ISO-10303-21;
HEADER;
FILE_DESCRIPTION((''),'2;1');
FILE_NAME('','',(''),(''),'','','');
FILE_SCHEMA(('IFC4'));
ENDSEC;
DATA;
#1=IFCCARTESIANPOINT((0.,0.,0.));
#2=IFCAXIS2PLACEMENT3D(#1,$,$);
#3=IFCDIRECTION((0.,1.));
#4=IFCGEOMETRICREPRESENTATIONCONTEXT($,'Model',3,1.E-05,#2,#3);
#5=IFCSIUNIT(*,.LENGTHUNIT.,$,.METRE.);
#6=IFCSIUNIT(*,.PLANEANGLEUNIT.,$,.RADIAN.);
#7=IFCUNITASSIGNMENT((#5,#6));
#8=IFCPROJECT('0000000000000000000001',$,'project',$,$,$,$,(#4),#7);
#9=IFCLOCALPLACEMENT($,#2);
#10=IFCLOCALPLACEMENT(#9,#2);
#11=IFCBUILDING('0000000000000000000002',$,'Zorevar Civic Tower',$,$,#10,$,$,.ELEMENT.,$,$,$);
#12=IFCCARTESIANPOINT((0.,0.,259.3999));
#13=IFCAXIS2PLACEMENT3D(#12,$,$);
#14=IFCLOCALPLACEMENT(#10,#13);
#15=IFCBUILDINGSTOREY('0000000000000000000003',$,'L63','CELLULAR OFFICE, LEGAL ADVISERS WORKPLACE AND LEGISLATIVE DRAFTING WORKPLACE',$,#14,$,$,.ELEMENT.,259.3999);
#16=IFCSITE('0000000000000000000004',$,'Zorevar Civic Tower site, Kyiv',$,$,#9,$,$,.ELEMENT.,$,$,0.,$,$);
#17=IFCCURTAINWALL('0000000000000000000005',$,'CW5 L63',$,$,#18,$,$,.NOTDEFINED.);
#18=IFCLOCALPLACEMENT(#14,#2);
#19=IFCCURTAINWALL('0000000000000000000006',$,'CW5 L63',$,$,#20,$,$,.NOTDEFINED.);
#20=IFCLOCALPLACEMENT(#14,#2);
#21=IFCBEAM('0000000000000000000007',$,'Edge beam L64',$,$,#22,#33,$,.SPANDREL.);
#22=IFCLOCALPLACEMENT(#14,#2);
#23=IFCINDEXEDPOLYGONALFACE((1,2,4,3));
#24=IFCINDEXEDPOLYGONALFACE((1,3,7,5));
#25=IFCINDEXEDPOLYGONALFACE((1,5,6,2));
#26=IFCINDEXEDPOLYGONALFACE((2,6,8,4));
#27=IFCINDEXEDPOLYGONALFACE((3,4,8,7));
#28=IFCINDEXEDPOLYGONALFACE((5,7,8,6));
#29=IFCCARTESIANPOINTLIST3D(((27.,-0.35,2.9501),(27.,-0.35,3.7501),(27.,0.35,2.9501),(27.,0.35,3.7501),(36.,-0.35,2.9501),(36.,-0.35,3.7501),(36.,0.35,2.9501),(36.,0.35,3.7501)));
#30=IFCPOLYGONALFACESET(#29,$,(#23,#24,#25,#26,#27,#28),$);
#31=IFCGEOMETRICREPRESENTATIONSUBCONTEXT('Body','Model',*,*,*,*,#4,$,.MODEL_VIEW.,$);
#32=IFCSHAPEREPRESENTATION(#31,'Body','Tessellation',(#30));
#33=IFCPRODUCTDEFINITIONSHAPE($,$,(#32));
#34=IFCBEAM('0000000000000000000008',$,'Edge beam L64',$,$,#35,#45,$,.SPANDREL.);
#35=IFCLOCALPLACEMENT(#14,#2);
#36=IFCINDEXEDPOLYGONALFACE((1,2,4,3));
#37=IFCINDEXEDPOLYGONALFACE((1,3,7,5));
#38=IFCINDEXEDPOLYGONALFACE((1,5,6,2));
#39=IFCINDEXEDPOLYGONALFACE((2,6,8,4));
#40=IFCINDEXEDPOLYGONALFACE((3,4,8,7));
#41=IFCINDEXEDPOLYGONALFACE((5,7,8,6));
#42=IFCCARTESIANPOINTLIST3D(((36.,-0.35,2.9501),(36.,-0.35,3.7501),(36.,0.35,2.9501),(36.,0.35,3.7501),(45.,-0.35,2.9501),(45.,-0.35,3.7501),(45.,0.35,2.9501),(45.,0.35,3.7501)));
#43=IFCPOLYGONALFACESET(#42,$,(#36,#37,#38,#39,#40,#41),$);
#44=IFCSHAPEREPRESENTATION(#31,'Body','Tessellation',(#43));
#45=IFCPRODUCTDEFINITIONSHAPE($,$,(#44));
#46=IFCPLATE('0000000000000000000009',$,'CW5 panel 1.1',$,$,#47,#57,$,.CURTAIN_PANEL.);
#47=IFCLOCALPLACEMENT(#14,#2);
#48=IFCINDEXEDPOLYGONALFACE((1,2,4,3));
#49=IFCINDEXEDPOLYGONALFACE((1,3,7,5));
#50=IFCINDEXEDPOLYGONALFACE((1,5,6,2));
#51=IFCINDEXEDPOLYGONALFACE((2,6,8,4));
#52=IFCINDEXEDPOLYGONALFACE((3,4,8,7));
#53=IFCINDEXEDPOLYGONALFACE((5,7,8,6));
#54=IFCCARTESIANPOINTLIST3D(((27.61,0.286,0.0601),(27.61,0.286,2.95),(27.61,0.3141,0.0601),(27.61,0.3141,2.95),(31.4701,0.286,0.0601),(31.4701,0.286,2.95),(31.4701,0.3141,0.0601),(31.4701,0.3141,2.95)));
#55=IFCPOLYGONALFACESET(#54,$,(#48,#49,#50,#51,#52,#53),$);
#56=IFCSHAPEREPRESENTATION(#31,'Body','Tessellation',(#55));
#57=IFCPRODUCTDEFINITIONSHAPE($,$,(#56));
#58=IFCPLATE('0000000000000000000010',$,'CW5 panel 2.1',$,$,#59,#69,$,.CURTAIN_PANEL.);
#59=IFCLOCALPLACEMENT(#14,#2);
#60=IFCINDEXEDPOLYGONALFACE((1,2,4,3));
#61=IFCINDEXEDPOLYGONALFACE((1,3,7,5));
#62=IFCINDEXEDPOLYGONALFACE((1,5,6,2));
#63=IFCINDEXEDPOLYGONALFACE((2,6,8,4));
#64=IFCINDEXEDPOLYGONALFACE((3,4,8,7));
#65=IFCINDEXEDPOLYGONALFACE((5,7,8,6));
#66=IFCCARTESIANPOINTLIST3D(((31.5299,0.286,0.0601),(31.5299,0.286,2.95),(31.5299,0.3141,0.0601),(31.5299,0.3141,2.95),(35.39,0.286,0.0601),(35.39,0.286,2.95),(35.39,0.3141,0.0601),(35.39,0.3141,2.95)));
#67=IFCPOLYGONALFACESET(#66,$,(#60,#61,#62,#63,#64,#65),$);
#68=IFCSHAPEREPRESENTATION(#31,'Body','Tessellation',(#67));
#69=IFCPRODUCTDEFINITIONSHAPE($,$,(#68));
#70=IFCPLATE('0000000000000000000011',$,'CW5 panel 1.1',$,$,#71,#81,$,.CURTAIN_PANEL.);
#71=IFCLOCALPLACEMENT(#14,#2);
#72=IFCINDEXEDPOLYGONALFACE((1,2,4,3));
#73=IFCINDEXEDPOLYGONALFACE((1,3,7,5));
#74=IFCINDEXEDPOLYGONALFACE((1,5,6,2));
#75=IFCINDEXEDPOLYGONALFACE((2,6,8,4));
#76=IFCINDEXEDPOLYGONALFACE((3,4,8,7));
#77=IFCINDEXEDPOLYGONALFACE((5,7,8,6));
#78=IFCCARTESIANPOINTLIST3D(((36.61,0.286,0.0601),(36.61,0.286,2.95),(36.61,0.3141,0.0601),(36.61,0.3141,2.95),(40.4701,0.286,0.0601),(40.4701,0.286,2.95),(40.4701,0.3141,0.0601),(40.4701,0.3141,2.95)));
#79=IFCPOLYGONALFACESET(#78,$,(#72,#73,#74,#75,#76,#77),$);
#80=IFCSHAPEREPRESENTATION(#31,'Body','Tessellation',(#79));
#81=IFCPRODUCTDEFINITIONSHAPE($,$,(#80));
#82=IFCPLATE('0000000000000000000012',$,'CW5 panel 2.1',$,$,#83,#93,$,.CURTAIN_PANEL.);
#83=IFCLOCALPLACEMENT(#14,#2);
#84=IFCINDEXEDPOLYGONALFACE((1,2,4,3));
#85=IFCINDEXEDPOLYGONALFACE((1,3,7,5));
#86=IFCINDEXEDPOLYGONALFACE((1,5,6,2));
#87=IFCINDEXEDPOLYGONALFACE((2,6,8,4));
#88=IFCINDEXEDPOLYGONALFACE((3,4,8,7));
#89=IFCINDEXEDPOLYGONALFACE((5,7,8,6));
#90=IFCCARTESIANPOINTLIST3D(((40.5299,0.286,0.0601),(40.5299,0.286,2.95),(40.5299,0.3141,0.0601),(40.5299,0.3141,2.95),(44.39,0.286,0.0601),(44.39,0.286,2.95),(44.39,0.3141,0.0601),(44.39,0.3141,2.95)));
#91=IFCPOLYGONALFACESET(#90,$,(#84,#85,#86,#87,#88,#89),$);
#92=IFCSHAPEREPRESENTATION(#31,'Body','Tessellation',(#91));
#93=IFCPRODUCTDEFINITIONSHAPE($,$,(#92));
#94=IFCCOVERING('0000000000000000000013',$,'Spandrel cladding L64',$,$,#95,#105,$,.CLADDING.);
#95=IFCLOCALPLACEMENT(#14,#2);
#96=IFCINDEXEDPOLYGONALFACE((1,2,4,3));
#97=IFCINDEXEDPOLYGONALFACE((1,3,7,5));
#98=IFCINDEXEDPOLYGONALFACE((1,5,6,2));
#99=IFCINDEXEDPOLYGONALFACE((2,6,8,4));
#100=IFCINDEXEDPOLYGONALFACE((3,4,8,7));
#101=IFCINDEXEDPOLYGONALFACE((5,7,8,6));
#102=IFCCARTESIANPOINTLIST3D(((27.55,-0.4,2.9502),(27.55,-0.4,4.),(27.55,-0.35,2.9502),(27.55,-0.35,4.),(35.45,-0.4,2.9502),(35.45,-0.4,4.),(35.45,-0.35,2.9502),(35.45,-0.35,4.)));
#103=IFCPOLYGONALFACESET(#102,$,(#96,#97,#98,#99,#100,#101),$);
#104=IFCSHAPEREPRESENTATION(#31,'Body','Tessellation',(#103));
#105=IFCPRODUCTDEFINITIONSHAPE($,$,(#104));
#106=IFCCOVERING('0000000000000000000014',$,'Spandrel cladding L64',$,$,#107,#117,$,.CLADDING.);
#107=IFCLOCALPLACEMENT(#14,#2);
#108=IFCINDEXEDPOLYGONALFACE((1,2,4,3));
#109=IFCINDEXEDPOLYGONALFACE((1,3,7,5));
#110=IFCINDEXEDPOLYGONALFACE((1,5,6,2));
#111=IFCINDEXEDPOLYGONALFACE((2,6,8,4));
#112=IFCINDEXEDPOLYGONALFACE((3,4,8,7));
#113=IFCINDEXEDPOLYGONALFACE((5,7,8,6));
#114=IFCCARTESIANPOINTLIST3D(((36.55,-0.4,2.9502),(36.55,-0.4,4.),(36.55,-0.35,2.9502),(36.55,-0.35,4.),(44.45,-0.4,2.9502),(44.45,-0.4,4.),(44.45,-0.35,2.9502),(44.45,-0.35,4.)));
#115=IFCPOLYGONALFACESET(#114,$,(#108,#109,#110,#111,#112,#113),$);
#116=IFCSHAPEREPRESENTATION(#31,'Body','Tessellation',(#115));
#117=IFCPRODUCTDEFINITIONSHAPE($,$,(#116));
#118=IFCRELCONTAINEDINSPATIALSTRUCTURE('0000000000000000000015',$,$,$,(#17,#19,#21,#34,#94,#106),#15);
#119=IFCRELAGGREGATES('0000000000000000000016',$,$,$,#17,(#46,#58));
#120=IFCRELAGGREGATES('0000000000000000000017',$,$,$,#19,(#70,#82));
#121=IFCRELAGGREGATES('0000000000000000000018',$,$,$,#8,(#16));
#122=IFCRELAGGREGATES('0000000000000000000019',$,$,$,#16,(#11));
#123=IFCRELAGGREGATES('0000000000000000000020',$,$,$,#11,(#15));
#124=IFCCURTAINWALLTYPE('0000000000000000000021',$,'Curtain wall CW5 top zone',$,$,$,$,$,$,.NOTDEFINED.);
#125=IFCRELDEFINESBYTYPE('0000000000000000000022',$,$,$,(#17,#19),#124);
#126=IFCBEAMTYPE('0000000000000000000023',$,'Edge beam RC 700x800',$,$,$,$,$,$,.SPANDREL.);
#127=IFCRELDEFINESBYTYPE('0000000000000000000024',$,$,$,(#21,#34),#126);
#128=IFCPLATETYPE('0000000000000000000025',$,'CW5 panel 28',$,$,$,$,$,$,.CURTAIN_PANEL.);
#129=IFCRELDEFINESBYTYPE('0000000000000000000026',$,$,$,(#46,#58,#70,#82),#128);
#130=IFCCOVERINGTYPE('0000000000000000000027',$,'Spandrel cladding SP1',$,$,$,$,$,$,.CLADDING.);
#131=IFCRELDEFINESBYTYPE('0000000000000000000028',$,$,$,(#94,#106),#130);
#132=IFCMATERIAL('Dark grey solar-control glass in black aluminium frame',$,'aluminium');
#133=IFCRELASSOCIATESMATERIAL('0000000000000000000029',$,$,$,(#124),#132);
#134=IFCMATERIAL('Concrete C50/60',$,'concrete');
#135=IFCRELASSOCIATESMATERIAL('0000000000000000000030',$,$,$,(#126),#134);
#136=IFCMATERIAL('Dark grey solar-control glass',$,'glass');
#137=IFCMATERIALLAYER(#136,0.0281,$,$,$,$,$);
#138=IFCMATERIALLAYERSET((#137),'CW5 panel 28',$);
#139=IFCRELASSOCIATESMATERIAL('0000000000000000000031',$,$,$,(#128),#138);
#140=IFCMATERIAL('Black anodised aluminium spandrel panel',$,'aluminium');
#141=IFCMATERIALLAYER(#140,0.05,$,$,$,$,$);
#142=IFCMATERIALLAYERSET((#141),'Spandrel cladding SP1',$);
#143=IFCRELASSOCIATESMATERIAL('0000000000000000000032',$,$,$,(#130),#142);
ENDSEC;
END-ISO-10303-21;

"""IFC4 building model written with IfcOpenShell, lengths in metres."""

from ifc_helpers import new_model, si_unit, direction, frame, frame_2d, origin, origin_2d, place, context, subcontext, project, spatial, rectangle, extrude, material, layer, layer_set, material_profile, profile_set, type_object, element, aggregate, save


model = new_model("IFC4")

# Units and contexts
model_context = context("Model", 3, precision=1e-05, world=origin(), true_north=direction((0.0, 1.0)))
body_context = subcontext(model_context, "Body", "Model", "MODEL_VIEW")
ifc_project = project(units=[si_unit("LENGTHUNIT", "METRE"), si_unit("PLANEANGLEUNIT", "RADIAN")], contexts=[model_context])

# Site, building, storey
site_placement = place(None, origin())
site = spatial("IfcSite", under=ifc_project, at=site_placement, Name="Zorevar Civic Tower site, Kyiv", CompositionType="ELEMENT", RefElevation=0.0)
building_placement = place(site_placement, origin())
building = spatial("IfcBuilding", under=site, at=building_placement, Name="Zorevar Civic Tower", CompositionType="ELEMENT")
storey_placement = place(building_placement, frame((0.0, 0.0, 259.3999)))
storey = spatial("IfcBuildingStorey", under=building, at=storey_placement, Name="L63", Description="CELLULAR OFFICE, LEGAL ADVISERS WORKPLACE AND LEGISLATIVE DRAFTING WORKPLACE", CompositionType="ELEMENT", Elevation=259.3999)

# Curtain walls
ifc_material_1 = material(Name="Dark grey solar-control glass in black aluminium frame", Category="aluminium")
curtain_wall_type = type_object("IfcCurtainWallType", Name="Curtain wall CW5 top zone", PredefinedType="NOTDEFINED", material=ifc_material_1)
curtain_wall_1_placement = place(storey_placement, origin())
curtain_wall_1 = element("IfcCurtainWall", 1, at=curtain_wall_1_placement, inside=storey, type_object=curtain_wall_type, Name="CW5 L63", PredefinedType="NOTDEFINED")
curtain_wall_2_placement = place(storey_placement, origin())
curtain_wall_2 = element("IfcCurtainWall", 2, at=curtain_wall_2_placement, inside=storey, type_object=curtain_wall_type, Name="CW5 L63", PredefinedType="NOTDEFINED")

# Beams
ifc_material_2 = material(Name="Concrete C50/60", Category="concrete")
ifc_material_profile_1 = material_profile(ifc_material_2, rectangle(XDim=0.7, YDim=0.8, at=origin_2d()), Name="RC 700x800")
ifc_profile_set_1 = profile_set([ifc_material_profile_1], Name="Concrete C50/60")
beam_type_1 = type_object("IfcBeamType", Name="Edge beam RC 700x800", PredefinedType="SPANDREL", material=ifc_profile_set_1)
for number, where, z_axis, x_axis, name in (
    (3, (27.0, 0.0, 3.3501), (1.0, 0.0, 0.0), (0.0, 1.0, 0.0), "Edge beam L64"),
    (4, (36.0, 0.0, 3.3501), (1.0, 0.0, 0.0), (0.0, 1.0, 0.0), "Edge beam L64"),
):
    element("IfcBeam", number, at=place(storey_placement, frame(where, z_axis=z_axis, x_axis=x_axis)), inside=storey, type_object=beam_type_1, Name=name, PredefinedType="SPANDREL", context=body_context, shape_type="SweptSolid", body=[
        extrude(rectangle(XDim=0.7, YDim=0.8, at=origin_2d()), origin(), (0.0, 0.0, 1.0), 9.0),
    ])

# Plates
ifc_material_3 = material(Name="Dark grey solar-control glass", Category="glass")
ifc_layer_1 = layer(ifc_material_3, 0.0281)
ifc_layer_set_1 = layer_set([ifc_layer_1], Name="CW5 panel 28")
plate_type = type_object("IfcPlateType", Name="CW5 panel 28", PredefinedType="CURTAIN_PANEL", material=ifc_layer_set_1)
plate_1_placement = place(storey_placement, frame((29.54, 0.3, 0.0601), z_axis=(0.0, 0.0, 1.0), x_axis=(1.0, 0.0, 0.0)))
plate_1 = element("IfcPlate", 5, at=plate_1_placement, type_object=plate_type, Name="CW5 panel 1.1", PredefinedType="CURTAIN_PANEL", context=body_context, shape_type="SweptSolid", body=[
    extrude(rectangle(XDim=3.8601, YDim=0.0281, at=origin_2d()), origin(), (0.0, 0.0, 1.0), 2.8899),
])
plate_2_placement = place(storey_placement, frame((33.46, 0.3, 0.0601), z_axis=(0.0, 0.0, 1.0), x_axis=(1.0, 0.0, 0.0)))
plate_2 = element("IfcPlate", 6, at=plate_2_placement, type_object=plate_type, Name="CW5 panel 2.1", PredefinedType="CURTAIN_PANEL", context=body_context, shape_type="SweptSolid", body=[
    extrude(rectangle(XDim=3.8601, YDim=0.0281, at=origin_2d()), origin(), (0.0, 0.0, 1.0), 2.8899),
])
aggregate(curtain_wall_1, [plate_1, plate_2])
plate_3_placement = place(storey_placement, frame((38.54, 0.3, 0.0601), z_axis=(0.0, 0.0, 1.0), x_axis=(1.0, 0.0, 0.0)))
plate_3 = element("IfcPlate", 7, at=plate_3_placement, type_object=plate_type, Name="CW5 panel 1.1", PredefinedType="CURTAIN_PANEL", context=body_context, shape_type="SweptSolid", body=[
    extrude(rectangle(XDim=3.8601, YDim=0.0281, at=origin_2d()), origin(), (0.0, 0.0, 1.0), 2.8899),
])
plate_4_placement = place(storey_placement, frame((42.46, 0.3, 0.0601), z_axis=(0.0, 0.0, 1.0), x_axis=(1.0, 0.0, 0.0)))
plate_4 = element("IfcPlate", 8, at=plate_4_placement, type_object=plate_type, Name="CW5 panel 2.1", PredefinedType="CURTAIN_PANEL", context=body_context, shape_type="SweptSolid", body=[
    extrude(rectangle(XDim=3.8601, YDim=0.0281, at=origin_2d()), origin(), (0.0, 0.0, 1.0), 2.8899),
])
aggregate(curtain_wall_2, [plate_3, plate_4])

# Coverings
ifc_material_4 = material(Name="Black anodised aluminium spandrel panel", Category="aluminium")
ifc_layer_2 = layer(ifc_material_4, 0.05)
ifc_layer_set_2 = layer_set([ifc_layer_2], Name="Spandrel cladding SP1")
covering_type = type_object("IfcCoveringType", Name="Spandrel cladding SP1", PredefinedType="CLADDING", material=ifc_layer_set_2)
for number, where, z_axis, x_axis, name in (
    (9, (27.55, -0.375, 2.9502), (0.0, 0.0, 1.0), (1.0, 0.0, 0.0), "Spandrel cladding L64"),
    (10, (36.55, -0.375, 2.9502), (0.0, 0.0, 1.0), (1.0, 0.0, 0.0), "Spandrel cladding L64"),
):
    element("IfcCovering", number, at=place(storey_placement, frame(where, z_axis=z_axis, x_axis=x_axis)), inside=storey, type_object=covering_type, Name=name, PredefinedType="CLADDING", context=body_context, shape_type="SweptSolid", body=[
        extrude(rectangle(XDim=7.8999, YDim=0.05, at=frame_2d((3.95, 0.0))), origin(), (0.0, 0.0, 1.0), 1.0498),
    ])

save(model, "model.ifc")
